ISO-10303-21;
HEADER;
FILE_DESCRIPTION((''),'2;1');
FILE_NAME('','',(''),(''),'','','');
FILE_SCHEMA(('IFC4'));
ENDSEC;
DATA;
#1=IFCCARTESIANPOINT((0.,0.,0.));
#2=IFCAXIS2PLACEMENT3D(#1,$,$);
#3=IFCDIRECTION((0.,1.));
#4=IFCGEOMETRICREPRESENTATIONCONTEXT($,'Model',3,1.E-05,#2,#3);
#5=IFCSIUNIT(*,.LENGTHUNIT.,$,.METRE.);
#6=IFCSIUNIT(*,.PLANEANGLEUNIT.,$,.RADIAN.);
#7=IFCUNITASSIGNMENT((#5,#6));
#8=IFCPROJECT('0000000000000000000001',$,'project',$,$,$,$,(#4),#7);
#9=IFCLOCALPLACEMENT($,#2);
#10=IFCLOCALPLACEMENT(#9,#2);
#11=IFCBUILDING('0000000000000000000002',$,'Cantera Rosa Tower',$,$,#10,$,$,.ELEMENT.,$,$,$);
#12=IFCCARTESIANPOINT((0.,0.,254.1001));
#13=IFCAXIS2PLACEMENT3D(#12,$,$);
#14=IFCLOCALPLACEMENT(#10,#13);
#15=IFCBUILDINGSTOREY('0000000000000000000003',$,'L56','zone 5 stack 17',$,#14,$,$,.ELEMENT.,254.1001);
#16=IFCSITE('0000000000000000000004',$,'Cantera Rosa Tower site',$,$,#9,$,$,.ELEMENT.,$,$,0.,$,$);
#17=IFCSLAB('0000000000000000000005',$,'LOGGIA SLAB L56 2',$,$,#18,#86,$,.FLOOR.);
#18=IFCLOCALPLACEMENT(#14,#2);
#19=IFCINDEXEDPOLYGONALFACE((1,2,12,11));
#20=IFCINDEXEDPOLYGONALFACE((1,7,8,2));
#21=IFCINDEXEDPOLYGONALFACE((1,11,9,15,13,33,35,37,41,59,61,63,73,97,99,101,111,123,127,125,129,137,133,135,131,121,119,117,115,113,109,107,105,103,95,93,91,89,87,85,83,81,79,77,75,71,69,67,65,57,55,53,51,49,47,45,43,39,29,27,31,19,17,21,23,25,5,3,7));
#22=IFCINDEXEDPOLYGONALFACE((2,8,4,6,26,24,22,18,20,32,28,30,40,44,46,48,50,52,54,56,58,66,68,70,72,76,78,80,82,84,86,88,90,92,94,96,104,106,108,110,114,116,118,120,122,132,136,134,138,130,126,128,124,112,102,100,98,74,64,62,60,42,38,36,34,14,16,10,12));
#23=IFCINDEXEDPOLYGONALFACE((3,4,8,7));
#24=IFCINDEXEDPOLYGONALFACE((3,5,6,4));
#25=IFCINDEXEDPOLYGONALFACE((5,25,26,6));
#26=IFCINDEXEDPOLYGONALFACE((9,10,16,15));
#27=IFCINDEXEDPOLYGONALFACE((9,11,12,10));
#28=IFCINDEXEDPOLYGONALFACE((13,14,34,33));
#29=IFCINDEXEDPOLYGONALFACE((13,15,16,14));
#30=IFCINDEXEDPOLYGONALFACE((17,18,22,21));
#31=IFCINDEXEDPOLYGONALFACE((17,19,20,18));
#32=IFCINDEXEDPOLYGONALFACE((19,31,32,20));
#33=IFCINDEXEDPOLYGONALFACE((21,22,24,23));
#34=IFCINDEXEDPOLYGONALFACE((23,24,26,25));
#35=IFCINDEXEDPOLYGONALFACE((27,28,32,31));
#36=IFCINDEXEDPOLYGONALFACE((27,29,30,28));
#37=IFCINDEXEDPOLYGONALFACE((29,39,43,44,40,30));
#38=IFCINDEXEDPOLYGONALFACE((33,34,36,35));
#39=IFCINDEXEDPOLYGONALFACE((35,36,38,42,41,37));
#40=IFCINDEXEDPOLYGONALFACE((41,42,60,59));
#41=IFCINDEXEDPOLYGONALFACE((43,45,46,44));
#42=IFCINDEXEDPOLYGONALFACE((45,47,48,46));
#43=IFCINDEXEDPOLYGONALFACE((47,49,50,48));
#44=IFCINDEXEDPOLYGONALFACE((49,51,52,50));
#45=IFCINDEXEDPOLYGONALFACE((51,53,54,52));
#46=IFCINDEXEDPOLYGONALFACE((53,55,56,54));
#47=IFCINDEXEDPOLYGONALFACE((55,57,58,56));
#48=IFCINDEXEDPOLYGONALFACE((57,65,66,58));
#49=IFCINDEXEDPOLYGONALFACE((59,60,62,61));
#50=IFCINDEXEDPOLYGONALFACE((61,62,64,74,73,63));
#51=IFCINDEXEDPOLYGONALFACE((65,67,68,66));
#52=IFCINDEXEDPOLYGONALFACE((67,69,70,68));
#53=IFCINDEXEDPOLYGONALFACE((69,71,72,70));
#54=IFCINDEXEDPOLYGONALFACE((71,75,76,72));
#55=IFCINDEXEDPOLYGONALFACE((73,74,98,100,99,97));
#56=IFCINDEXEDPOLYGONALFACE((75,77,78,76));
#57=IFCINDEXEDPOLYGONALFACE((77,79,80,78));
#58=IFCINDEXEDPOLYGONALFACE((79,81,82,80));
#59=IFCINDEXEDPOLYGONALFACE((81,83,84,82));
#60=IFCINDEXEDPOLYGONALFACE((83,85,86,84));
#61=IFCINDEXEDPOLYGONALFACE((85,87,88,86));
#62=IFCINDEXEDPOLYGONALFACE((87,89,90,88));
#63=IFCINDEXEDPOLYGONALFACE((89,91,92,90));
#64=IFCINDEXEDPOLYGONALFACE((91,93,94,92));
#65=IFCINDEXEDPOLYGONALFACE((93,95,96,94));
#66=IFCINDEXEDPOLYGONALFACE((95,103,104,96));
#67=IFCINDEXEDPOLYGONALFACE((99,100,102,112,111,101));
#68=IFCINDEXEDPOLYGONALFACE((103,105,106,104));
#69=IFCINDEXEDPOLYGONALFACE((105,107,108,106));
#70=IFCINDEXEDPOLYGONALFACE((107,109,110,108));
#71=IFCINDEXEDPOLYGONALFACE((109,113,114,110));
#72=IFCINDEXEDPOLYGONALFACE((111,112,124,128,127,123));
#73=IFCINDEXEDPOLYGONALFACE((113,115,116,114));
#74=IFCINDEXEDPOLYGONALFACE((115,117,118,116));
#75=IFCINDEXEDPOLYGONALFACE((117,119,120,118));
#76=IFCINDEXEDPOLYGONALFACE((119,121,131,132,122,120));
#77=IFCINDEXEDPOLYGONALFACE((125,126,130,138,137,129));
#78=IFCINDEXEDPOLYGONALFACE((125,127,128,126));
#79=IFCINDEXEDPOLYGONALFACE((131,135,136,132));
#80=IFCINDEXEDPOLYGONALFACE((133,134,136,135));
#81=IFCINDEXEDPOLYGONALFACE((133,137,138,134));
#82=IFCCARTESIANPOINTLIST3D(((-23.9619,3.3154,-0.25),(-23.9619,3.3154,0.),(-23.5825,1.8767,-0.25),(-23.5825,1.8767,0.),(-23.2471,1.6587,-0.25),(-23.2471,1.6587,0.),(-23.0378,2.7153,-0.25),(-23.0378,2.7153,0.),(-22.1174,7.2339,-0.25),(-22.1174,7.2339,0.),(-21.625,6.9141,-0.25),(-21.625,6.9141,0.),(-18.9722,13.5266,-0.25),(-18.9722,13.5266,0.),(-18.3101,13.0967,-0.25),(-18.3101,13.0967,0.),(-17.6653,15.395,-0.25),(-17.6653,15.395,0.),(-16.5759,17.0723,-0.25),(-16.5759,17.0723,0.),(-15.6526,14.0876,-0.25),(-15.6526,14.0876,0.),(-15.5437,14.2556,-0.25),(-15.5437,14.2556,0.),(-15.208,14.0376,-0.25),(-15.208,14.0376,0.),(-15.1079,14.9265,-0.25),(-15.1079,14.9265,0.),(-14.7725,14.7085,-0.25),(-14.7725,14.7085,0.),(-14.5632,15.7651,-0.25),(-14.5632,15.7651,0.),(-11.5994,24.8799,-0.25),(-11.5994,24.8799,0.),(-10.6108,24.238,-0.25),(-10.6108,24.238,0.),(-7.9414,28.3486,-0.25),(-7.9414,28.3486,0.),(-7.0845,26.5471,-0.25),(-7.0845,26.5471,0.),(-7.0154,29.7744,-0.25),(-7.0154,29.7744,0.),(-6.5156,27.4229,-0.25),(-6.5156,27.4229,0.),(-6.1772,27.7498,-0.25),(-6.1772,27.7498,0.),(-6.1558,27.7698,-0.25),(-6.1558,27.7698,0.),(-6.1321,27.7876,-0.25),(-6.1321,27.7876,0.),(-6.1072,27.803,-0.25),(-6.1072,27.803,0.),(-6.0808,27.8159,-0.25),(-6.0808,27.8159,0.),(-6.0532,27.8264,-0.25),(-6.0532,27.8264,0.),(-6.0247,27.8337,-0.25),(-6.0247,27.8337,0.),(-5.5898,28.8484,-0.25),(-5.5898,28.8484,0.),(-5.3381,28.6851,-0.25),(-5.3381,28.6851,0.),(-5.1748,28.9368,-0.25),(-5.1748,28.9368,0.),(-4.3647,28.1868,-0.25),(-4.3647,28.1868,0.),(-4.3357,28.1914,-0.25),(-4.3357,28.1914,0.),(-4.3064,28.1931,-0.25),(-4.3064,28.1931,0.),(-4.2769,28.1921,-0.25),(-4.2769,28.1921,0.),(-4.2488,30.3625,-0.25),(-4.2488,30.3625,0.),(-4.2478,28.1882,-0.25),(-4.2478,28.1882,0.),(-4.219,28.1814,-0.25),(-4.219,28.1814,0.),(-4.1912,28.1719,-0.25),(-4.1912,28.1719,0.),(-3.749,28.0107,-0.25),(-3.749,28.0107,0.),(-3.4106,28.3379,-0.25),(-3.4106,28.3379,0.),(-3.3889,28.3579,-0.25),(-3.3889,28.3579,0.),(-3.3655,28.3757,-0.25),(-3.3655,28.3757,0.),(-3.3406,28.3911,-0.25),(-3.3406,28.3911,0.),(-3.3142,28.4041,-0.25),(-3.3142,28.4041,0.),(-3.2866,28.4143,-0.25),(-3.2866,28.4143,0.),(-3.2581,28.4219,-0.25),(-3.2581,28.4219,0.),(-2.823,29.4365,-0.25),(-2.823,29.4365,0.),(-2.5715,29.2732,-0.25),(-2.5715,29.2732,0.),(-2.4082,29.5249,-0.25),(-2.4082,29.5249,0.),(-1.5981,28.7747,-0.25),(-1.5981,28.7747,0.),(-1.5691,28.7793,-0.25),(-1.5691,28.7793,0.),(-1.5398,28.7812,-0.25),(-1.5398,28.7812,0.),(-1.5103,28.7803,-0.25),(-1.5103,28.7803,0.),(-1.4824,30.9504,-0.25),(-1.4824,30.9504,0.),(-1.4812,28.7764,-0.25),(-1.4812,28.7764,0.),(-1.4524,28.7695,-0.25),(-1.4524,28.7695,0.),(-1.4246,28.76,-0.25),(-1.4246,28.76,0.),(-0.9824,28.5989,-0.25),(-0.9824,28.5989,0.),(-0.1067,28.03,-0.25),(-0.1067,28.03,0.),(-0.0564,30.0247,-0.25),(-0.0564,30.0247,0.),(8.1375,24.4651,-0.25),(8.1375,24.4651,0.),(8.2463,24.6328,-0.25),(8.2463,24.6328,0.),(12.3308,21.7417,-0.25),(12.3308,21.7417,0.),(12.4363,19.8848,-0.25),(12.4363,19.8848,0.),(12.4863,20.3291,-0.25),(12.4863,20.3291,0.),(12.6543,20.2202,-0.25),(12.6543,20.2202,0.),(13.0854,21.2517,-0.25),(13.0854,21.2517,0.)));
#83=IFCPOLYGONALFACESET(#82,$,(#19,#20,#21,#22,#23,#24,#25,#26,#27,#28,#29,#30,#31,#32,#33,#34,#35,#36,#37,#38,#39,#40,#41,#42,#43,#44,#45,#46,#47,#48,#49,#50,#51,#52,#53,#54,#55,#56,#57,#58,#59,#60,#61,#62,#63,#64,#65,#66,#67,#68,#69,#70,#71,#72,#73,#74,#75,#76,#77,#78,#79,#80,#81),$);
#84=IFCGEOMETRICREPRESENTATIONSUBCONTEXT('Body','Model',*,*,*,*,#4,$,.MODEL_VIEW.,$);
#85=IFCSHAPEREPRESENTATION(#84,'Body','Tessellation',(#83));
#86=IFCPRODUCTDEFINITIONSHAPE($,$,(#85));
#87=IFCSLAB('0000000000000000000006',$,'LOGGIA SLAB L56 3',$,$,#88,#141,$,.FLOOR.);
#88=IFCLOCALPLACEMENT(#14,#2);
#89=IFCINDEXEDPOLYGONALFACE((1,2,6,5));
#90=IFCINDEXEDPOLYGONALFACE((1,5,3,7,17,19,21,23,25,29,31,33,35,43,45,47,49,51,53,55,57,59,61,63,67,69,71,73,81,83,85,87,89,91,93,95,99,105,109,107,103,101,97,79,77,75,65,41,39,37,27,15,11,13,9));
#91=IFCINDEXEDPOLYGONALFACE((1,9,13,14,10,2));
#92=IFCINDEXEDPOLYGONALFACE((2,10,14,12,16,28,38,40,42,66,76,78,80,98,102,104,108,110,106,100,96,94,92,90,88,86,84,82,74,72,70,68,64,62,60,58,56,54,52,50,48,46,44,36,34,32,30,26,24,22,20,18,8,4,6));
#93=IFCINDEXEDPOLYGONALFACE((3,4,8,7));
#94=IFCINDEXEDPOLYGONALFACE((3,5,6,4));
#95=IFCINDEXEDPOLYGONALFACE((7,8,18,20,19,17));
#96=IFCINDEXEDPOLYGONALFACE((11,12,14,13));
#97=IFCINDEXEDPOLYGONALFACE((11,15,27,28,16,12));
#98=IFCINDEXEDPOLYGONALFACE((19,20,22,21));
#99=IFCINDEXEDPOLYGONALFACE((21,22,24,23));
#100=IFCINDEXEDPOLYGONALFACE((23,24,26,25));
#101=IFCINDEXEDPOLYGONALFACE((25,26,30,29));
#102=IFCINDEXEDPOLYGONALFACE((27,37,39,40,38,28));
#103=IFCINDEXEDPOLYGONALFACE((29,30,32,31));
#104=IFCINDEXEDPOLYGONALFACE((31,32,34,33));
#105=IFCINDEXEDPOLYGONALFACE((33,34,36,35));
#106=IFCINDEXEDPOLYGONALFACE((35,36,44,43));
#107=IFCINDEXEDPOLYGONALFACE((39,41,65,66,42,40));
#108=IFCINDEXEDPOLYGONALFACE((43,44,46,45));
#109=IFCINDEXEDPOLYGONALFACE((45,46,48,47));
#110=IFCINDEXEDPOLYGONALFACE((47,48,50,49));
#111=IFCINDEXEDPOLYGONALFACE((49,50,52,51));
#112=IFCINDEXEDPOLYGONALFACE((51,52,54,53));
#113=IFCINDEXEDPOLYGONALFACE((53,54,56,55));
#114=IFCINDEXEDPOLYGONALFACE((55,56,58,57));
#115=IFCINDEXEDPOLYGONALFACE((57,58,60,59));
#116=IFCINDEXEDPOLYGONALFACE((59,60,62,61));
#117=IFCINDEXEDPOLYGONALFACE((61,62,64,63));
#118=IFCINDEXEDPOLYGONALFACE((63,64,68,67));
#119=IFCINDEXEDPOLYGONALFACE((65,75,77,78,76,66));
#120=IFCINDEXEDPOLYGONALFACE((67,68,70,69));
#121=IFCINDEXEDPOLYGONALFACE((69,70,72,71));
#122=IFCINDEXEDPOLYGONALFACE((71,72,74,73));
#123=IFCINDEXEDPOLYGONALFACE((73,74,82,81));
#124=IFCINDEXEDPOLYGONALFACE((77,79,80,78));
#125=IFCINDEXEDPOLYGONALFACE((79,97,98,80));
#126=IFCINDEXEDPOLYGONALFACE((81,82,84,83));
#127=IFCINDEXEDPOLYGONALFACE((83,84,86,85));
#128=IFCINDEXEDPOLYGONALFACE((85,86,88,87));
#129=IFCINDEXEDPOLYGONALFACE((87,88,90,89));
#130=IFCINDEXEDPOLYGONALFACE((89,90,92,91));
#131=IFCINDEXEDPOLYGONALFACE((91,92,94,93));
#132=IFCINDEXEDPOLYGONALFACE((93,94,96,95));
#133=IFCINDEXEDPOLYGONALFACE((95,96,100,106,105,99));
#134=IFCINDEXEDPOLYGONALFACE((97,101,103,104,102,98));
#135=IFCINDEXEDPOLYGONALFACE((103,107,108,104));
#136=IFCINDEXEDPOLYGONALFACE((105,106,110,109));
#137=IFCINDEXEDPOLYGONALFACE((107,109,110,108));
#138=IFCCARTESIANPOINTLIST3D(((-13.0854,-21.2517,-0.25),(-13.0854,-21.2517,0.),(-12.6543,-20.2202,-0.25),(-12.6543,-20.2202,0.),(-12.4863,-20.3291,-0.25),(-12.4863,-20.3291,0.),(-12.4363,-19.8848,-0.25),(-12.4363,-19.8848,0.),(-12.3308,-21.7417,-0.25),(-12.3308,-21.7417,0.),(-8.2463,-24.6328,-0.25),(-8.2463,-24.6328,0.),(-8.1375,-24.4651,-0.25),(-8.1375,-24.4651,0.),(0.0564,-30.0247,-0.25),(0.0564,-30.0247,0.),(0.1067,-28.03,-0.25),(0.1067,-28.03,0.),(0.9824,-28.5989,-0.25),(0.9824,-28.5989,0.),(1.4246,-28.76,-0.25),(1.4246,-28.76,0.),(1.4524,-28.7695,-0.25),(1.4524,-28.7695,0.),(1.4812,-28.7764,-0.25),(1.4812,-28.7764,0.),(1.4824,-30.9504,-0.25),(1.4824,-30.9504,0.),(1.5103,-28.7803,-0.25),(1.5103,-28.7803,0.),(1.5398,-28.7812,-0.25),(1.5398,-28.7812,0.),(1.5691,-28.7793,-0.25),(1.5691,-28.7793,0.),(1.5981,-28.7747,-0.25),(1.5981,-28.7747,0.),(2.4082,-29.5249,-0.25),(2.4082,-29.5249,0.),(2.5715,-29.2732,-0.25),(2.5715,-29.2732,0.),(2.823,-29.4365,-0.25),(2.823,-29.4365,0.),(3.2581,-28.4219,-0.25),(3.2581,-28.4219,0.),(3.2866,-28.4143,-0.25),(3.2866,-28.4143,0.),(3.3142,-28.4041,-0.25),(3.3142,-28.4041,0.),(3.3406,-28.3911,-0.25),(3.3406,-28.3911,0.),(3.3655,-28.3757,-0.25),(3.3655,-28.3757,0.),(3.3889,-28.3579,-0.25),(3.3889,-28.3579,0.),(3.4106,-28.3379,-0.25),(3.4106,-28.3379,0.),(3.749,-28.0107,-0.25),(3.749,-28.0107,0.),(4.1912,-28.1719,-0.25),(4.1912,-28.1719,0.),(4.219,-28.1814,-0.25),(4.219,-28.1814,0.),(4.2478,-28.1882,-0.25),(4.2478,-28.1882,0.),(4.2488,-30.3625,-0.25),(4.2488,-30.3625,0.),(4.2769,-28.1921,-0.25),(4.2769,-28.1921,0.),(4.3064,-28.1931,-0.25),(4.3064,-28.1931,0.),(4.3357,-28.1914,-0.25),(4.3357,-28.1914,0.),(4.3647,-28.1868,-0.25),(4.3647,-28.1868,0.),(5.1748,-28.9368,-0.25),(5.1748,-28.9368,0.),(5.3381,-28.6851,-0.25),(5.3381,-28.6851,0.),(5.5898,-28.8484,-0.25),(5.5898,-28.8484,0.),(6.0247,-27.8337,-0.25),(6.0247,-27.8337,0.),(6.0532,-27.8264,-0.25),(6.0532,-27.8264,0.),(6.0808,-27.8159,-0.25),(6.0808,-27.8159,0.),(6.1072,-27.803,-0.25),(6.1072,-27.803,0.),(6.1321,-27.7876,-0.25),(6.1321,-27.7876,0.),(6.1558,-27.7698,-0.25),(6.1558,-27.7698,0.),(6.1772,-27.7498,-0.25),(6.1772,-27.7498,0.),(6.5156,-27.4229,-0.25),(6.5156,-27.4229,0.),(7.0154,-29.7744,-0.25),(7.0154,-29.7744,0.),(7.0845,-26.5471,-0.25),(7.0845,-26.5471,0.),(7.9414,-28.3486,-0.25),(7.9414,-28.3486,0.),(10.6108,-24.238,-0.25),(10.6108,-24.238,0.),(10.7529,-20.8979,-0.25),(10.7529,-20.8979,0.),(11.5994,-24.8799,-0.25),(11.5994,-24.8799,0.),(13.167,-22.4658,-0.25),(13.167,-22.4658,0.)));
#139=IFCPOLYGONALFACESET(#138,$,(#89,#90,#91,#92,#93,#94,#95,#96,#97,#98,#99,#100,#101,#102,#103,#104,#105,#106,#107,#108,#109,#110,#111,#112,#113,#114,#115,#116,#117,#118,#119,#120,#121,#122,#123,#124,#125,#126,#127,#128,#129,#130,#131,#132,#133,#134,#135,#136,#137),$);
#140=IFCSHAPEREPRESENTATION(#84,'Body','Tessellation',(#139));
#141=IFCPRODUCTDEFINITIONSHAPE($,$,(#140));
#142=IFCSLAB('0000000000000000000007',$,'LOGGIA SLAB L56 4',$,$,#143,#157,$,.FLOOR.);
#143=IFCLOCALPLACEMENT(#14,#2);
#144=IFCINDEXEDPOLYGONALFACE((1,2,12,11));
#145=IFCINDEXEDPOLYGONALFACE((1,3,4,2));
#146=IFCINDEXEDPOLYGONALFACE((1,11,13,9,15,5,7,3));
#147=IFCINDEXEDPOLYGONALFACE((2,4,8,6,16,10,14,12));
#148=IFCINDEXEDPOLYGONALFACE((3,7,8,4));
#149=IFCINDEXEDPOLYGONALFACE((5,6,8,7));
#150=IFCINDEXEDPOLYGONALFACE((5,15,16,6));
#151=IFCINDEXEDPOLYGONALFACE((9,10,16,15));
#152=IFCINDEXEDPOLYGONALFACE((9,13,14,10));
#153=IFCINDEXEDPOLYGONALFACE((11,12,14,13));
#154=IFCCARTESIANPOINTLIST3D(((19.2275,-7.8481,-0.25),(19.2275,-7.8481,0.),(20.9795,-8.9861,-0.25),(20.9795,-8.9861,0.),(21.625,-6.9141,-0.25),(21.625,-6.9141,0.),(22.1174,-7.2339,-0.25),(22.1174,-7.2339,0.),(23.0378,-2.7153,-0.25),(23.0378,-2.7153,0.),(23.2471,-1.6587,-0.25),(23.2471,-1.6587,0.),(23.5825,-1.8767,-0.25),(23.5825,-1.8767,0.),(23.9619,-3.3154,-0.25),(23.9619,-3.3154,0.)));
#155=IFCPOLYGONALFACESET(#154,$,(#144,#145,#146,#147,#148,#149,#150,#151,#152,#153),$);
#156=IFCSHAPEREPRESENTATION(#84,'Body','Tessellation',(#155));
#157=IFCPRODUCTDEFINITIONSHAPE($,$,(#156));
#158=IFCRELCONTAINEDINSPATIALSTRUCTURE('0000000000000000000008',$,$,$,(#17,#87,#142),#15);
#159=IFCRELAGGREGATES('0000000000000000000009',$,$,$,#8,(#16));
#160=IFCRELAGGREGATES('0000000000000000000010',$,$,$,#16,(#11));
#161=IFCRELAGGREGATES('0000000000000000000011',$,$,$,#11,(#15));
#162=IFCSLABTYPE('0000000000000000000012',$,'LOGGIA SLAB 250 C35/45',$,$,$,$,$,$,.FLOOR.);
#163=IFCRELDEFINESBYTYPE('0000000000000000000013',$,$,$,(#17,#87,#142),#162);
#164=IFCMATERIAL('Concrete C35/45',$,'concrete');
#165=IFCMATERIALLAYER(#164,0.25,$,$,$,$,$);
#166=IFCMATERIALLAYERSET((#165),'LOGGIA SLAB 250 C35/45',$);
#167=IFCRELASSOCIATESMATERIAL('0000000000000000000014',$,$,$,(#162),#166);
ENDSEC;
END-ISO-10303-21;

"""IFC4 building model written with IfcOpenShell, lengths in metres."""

from ifc_helpers import new_model, si_unit, direction, frame, origin, place, context, subcontext, project, spatial, polyline, outline, extrude, material, layer, layer_set, type_object, element, save


model = new_model("IFC4")

# Units and contexts
model_context = context("Model", 3, precision=1e-05, world=origin(), true_north=direction((0.0, 1.0)))
body_context = subcontext(model_context, "Body", "Model", "MODEL_VIEW")
ifc_project = project(units=[si_unit("LENGTHUNIT", "METRE"), si_unit("PLANEANGLEUNIT", "RADIAN")], contexts=[model_context])

# Site, building, storey
site_placement = place(None, origin())
site = spatial("IfcSite", under=ifc_project, at=site_placement, Name="Cantera Rosa Tower site", CompositionType="ELEMENT", RefElevation=0.0)
building_placement = place(site_placement, origin())
building = spatial("IfcBuilding", under=site, at=building_placement, Name="Cantera Rosa Tower", CompositionType="ELEMENT")
storey_placement = place(building_placement, frame((0.0, 0.0, 254.1001)))
storey = spatial("IfcBuildingStorey", under=building, at=storey_placement, Name="L56", Description="zone 5 stack 17", CompositionType="ELEMENT", Elevation=254.1001)

# Slabs
ifc_material_1 = material(Name="Concrete C35/45", Category="concrete")
ifc_layer_1 = layer(ifc_material_1, 0.25)
ifc_layer_set_1 = layer_set([ifc_layer_1], Name="LOGGIA SLAB 250 C35/45")
slab_type_1 = type_object("IfcSlabType", Name="LOGGIA SLAB 250 C35/45", PredefinedType="FLOOR", material=ifc_layer_set_1)
slab_1_placement = place(storey_placement, frame((0.0, 0.0, -0.25)))
element("IfcSlab", 1, at=slab_1_placement, inside=storey, type_object=slab_type_1, Name="LOGGIA SLAB L56 2", PredefinedType="FLOOR", context=body_context, shape_type="SweptSolid", body=[
    extrude(outline(polyline([(-18.3101, 13.0967), (-18.9722, 13.5266), (-11.5994, 24.8799), (-10.6108, 24.238), (-7.9414, 28.3486), (-7.0154, 29.7744), (-5.5898, 28.8484), (-5.3381, 28.6851), (-5.1748, 28.9368), (-4.2488, 30.3625), (-2.823, 29.4365), (-2.5715, 29.2732), (-2.4082, 29.5249), (-1.4824, 30.9504), (-0.0564, 30.0247), (8.2463, 24.6328), (8.1375, 24.4651), (12.3308, 21.7417), (13.0854, 21.2517), (12.4863, 20.3291), (12.6543, 20.2202), (12.4363, 19.8848), (-0.1067, 28.03), (-0.9824, 28.5989), (-1.4246, 28.76), (-1.4524, 28.7695), (-1.4812, 28.7764), (-1.5103, 28.7803), (-1.5398, 28.7812), (-1.5691, 28.7793), (-1.5981, 28.7747), (-3.2581, 28.4219), (-3.2866, 28.4143), (-3.3142, 28.4041), (-3.3406, 28.3911), (-3.3655, 28.3757), (-3.3889, 28.3579), (-3.4106, 28.3379), (-3.749, 28.0107), (-4.1912, 28.1719), (-4.219, 28.1814), (-4.2478, 28.1882), (-4.2769, 28.1921), (-4.3064, 28.1931), (-4.3357, 28.1914), (-4.3647, 28.1868), (-6.0247, 27.8337), (-6.0532, 27.8264), (-6.0808, 27.8159), (-6.1072, 27.803), (-6.1321, 27.7876), (-6.1558, 27.7698), (-6.1772, 27.7498), (-6.5156, 27.4229), (-7.0845, 26.5471), (-14.7725, 14.7085), (-15.1079, 14.9265), (-14.5632, 15.7651), (-16.5759, 17.0723), (-17.6653, 15.395), (-15.6526, 14.0876), (-15.5437, 14.2556), (-15.208, 14.0376), (-23.2471, 1.6587), (-23.5825, 1.8767), (-23.0378, 2.7153), (-23.9619, 3.3154), (-21.625, 6.9141), (-22.1174, 7.2339), (-18.3101, 13.0967)])), origin(), (0.0, 0.0, 1.0), 0.25),
])
slab_2_placement = place(storey_placement, frame((0.0, 0.0, -0.25)))
element("IfcSlab", 2, at=slab_2_placement, inside=storey, type_object=slab_type_1, Name="LOGGIA SLAB L56 3", PredefinedType="FLOOR", context=body_context, shape_type="SweptSolid", body=[
    extrude(outline(polyline([(7.9414, -28.3486), (7.0154, -29.7744), (5.5898, -28.8484), (5.3381, -28.6851), (5.1748, -28.9368), (4.2488, -30.3625), (2.823, -29.4365), (2.5715, -29.2732), (2.4082, -29.5249), (1.4824, -30.9504), (0.0564, -30.0247), (-8.2463, -24.6328), (-8.1375, -24.4651), (-12.3308, -21.7417), (-13.0854, -21.2517), (-12.4863, -20.3291), (-12.6543, -20.2202), (-12.4363, -19.8848), (0.1067, -28.03), (0.9824, -28.5989), (1.4246, -28.76), (1.4524, -28.7695), (1.4812, -28.7764), (1.5103, -28.7803), (1.5398, -28.7812), (1.5691, -28.7793), (1.5981, -28.7747), (3.2581, -28.4219), (3.2866, -28.4143), (3.3142, -28.4041), (3.3406, -28.3911), (3.3655, -28.3757), (3.3889, -28.3579), (3.4106, -28.3379), (3.749, -28.0107), (4.1912, -28.1719), (4.219, -28.1814), (4.2478, -28.1882), (4.2769, -28.1921), (4.3064, -28.1931), (4.3357, -28.1914), (4.3647, -28.1868), (6.0247, -27.8337), (6.0532, -27.8264), (6.0808, -27.8159), (6.1072, -27.803), (6.1321, -27.7876), (6.1558, -27.7698), (6.1772, -27.7498), (6.5156, -27.4229), (7.0845, -26.5471), (10.7529, -20.8979), (13.167, -22.4658), (11.5994, -24.8799), (10.6108, -24.238), (7.9414, -28.3486)])), origin(), (0.0, 0.0, 1.0), 0.25),
])
slab_3_placement = place(storey_placement, frame((0.0, 0.0, -0.25)))
element("IfcSlab", 3, at=slab_3_placement, inside=storey, type_object=slab_type_1, Name="LOGGIA SLAB L56 4", PredefinedType="FLOOR", context=body_context, shape_type="SweptSolid", body=[
    extrude(outline(polyline([(23.2471, -1.6587), (23.5825, -1.8767), (23.0378, -2.7153), (23.9619, -3.3154), (21.625, -6.9141), (22.1174, -7.2339), (20.9795, -8.9861), (19.2275, -7.8481), (23.2471, -1.6587)])), origin(), (0.0, 0.0, 1.0), 0.25),
])

save(model, "model.ifc")
